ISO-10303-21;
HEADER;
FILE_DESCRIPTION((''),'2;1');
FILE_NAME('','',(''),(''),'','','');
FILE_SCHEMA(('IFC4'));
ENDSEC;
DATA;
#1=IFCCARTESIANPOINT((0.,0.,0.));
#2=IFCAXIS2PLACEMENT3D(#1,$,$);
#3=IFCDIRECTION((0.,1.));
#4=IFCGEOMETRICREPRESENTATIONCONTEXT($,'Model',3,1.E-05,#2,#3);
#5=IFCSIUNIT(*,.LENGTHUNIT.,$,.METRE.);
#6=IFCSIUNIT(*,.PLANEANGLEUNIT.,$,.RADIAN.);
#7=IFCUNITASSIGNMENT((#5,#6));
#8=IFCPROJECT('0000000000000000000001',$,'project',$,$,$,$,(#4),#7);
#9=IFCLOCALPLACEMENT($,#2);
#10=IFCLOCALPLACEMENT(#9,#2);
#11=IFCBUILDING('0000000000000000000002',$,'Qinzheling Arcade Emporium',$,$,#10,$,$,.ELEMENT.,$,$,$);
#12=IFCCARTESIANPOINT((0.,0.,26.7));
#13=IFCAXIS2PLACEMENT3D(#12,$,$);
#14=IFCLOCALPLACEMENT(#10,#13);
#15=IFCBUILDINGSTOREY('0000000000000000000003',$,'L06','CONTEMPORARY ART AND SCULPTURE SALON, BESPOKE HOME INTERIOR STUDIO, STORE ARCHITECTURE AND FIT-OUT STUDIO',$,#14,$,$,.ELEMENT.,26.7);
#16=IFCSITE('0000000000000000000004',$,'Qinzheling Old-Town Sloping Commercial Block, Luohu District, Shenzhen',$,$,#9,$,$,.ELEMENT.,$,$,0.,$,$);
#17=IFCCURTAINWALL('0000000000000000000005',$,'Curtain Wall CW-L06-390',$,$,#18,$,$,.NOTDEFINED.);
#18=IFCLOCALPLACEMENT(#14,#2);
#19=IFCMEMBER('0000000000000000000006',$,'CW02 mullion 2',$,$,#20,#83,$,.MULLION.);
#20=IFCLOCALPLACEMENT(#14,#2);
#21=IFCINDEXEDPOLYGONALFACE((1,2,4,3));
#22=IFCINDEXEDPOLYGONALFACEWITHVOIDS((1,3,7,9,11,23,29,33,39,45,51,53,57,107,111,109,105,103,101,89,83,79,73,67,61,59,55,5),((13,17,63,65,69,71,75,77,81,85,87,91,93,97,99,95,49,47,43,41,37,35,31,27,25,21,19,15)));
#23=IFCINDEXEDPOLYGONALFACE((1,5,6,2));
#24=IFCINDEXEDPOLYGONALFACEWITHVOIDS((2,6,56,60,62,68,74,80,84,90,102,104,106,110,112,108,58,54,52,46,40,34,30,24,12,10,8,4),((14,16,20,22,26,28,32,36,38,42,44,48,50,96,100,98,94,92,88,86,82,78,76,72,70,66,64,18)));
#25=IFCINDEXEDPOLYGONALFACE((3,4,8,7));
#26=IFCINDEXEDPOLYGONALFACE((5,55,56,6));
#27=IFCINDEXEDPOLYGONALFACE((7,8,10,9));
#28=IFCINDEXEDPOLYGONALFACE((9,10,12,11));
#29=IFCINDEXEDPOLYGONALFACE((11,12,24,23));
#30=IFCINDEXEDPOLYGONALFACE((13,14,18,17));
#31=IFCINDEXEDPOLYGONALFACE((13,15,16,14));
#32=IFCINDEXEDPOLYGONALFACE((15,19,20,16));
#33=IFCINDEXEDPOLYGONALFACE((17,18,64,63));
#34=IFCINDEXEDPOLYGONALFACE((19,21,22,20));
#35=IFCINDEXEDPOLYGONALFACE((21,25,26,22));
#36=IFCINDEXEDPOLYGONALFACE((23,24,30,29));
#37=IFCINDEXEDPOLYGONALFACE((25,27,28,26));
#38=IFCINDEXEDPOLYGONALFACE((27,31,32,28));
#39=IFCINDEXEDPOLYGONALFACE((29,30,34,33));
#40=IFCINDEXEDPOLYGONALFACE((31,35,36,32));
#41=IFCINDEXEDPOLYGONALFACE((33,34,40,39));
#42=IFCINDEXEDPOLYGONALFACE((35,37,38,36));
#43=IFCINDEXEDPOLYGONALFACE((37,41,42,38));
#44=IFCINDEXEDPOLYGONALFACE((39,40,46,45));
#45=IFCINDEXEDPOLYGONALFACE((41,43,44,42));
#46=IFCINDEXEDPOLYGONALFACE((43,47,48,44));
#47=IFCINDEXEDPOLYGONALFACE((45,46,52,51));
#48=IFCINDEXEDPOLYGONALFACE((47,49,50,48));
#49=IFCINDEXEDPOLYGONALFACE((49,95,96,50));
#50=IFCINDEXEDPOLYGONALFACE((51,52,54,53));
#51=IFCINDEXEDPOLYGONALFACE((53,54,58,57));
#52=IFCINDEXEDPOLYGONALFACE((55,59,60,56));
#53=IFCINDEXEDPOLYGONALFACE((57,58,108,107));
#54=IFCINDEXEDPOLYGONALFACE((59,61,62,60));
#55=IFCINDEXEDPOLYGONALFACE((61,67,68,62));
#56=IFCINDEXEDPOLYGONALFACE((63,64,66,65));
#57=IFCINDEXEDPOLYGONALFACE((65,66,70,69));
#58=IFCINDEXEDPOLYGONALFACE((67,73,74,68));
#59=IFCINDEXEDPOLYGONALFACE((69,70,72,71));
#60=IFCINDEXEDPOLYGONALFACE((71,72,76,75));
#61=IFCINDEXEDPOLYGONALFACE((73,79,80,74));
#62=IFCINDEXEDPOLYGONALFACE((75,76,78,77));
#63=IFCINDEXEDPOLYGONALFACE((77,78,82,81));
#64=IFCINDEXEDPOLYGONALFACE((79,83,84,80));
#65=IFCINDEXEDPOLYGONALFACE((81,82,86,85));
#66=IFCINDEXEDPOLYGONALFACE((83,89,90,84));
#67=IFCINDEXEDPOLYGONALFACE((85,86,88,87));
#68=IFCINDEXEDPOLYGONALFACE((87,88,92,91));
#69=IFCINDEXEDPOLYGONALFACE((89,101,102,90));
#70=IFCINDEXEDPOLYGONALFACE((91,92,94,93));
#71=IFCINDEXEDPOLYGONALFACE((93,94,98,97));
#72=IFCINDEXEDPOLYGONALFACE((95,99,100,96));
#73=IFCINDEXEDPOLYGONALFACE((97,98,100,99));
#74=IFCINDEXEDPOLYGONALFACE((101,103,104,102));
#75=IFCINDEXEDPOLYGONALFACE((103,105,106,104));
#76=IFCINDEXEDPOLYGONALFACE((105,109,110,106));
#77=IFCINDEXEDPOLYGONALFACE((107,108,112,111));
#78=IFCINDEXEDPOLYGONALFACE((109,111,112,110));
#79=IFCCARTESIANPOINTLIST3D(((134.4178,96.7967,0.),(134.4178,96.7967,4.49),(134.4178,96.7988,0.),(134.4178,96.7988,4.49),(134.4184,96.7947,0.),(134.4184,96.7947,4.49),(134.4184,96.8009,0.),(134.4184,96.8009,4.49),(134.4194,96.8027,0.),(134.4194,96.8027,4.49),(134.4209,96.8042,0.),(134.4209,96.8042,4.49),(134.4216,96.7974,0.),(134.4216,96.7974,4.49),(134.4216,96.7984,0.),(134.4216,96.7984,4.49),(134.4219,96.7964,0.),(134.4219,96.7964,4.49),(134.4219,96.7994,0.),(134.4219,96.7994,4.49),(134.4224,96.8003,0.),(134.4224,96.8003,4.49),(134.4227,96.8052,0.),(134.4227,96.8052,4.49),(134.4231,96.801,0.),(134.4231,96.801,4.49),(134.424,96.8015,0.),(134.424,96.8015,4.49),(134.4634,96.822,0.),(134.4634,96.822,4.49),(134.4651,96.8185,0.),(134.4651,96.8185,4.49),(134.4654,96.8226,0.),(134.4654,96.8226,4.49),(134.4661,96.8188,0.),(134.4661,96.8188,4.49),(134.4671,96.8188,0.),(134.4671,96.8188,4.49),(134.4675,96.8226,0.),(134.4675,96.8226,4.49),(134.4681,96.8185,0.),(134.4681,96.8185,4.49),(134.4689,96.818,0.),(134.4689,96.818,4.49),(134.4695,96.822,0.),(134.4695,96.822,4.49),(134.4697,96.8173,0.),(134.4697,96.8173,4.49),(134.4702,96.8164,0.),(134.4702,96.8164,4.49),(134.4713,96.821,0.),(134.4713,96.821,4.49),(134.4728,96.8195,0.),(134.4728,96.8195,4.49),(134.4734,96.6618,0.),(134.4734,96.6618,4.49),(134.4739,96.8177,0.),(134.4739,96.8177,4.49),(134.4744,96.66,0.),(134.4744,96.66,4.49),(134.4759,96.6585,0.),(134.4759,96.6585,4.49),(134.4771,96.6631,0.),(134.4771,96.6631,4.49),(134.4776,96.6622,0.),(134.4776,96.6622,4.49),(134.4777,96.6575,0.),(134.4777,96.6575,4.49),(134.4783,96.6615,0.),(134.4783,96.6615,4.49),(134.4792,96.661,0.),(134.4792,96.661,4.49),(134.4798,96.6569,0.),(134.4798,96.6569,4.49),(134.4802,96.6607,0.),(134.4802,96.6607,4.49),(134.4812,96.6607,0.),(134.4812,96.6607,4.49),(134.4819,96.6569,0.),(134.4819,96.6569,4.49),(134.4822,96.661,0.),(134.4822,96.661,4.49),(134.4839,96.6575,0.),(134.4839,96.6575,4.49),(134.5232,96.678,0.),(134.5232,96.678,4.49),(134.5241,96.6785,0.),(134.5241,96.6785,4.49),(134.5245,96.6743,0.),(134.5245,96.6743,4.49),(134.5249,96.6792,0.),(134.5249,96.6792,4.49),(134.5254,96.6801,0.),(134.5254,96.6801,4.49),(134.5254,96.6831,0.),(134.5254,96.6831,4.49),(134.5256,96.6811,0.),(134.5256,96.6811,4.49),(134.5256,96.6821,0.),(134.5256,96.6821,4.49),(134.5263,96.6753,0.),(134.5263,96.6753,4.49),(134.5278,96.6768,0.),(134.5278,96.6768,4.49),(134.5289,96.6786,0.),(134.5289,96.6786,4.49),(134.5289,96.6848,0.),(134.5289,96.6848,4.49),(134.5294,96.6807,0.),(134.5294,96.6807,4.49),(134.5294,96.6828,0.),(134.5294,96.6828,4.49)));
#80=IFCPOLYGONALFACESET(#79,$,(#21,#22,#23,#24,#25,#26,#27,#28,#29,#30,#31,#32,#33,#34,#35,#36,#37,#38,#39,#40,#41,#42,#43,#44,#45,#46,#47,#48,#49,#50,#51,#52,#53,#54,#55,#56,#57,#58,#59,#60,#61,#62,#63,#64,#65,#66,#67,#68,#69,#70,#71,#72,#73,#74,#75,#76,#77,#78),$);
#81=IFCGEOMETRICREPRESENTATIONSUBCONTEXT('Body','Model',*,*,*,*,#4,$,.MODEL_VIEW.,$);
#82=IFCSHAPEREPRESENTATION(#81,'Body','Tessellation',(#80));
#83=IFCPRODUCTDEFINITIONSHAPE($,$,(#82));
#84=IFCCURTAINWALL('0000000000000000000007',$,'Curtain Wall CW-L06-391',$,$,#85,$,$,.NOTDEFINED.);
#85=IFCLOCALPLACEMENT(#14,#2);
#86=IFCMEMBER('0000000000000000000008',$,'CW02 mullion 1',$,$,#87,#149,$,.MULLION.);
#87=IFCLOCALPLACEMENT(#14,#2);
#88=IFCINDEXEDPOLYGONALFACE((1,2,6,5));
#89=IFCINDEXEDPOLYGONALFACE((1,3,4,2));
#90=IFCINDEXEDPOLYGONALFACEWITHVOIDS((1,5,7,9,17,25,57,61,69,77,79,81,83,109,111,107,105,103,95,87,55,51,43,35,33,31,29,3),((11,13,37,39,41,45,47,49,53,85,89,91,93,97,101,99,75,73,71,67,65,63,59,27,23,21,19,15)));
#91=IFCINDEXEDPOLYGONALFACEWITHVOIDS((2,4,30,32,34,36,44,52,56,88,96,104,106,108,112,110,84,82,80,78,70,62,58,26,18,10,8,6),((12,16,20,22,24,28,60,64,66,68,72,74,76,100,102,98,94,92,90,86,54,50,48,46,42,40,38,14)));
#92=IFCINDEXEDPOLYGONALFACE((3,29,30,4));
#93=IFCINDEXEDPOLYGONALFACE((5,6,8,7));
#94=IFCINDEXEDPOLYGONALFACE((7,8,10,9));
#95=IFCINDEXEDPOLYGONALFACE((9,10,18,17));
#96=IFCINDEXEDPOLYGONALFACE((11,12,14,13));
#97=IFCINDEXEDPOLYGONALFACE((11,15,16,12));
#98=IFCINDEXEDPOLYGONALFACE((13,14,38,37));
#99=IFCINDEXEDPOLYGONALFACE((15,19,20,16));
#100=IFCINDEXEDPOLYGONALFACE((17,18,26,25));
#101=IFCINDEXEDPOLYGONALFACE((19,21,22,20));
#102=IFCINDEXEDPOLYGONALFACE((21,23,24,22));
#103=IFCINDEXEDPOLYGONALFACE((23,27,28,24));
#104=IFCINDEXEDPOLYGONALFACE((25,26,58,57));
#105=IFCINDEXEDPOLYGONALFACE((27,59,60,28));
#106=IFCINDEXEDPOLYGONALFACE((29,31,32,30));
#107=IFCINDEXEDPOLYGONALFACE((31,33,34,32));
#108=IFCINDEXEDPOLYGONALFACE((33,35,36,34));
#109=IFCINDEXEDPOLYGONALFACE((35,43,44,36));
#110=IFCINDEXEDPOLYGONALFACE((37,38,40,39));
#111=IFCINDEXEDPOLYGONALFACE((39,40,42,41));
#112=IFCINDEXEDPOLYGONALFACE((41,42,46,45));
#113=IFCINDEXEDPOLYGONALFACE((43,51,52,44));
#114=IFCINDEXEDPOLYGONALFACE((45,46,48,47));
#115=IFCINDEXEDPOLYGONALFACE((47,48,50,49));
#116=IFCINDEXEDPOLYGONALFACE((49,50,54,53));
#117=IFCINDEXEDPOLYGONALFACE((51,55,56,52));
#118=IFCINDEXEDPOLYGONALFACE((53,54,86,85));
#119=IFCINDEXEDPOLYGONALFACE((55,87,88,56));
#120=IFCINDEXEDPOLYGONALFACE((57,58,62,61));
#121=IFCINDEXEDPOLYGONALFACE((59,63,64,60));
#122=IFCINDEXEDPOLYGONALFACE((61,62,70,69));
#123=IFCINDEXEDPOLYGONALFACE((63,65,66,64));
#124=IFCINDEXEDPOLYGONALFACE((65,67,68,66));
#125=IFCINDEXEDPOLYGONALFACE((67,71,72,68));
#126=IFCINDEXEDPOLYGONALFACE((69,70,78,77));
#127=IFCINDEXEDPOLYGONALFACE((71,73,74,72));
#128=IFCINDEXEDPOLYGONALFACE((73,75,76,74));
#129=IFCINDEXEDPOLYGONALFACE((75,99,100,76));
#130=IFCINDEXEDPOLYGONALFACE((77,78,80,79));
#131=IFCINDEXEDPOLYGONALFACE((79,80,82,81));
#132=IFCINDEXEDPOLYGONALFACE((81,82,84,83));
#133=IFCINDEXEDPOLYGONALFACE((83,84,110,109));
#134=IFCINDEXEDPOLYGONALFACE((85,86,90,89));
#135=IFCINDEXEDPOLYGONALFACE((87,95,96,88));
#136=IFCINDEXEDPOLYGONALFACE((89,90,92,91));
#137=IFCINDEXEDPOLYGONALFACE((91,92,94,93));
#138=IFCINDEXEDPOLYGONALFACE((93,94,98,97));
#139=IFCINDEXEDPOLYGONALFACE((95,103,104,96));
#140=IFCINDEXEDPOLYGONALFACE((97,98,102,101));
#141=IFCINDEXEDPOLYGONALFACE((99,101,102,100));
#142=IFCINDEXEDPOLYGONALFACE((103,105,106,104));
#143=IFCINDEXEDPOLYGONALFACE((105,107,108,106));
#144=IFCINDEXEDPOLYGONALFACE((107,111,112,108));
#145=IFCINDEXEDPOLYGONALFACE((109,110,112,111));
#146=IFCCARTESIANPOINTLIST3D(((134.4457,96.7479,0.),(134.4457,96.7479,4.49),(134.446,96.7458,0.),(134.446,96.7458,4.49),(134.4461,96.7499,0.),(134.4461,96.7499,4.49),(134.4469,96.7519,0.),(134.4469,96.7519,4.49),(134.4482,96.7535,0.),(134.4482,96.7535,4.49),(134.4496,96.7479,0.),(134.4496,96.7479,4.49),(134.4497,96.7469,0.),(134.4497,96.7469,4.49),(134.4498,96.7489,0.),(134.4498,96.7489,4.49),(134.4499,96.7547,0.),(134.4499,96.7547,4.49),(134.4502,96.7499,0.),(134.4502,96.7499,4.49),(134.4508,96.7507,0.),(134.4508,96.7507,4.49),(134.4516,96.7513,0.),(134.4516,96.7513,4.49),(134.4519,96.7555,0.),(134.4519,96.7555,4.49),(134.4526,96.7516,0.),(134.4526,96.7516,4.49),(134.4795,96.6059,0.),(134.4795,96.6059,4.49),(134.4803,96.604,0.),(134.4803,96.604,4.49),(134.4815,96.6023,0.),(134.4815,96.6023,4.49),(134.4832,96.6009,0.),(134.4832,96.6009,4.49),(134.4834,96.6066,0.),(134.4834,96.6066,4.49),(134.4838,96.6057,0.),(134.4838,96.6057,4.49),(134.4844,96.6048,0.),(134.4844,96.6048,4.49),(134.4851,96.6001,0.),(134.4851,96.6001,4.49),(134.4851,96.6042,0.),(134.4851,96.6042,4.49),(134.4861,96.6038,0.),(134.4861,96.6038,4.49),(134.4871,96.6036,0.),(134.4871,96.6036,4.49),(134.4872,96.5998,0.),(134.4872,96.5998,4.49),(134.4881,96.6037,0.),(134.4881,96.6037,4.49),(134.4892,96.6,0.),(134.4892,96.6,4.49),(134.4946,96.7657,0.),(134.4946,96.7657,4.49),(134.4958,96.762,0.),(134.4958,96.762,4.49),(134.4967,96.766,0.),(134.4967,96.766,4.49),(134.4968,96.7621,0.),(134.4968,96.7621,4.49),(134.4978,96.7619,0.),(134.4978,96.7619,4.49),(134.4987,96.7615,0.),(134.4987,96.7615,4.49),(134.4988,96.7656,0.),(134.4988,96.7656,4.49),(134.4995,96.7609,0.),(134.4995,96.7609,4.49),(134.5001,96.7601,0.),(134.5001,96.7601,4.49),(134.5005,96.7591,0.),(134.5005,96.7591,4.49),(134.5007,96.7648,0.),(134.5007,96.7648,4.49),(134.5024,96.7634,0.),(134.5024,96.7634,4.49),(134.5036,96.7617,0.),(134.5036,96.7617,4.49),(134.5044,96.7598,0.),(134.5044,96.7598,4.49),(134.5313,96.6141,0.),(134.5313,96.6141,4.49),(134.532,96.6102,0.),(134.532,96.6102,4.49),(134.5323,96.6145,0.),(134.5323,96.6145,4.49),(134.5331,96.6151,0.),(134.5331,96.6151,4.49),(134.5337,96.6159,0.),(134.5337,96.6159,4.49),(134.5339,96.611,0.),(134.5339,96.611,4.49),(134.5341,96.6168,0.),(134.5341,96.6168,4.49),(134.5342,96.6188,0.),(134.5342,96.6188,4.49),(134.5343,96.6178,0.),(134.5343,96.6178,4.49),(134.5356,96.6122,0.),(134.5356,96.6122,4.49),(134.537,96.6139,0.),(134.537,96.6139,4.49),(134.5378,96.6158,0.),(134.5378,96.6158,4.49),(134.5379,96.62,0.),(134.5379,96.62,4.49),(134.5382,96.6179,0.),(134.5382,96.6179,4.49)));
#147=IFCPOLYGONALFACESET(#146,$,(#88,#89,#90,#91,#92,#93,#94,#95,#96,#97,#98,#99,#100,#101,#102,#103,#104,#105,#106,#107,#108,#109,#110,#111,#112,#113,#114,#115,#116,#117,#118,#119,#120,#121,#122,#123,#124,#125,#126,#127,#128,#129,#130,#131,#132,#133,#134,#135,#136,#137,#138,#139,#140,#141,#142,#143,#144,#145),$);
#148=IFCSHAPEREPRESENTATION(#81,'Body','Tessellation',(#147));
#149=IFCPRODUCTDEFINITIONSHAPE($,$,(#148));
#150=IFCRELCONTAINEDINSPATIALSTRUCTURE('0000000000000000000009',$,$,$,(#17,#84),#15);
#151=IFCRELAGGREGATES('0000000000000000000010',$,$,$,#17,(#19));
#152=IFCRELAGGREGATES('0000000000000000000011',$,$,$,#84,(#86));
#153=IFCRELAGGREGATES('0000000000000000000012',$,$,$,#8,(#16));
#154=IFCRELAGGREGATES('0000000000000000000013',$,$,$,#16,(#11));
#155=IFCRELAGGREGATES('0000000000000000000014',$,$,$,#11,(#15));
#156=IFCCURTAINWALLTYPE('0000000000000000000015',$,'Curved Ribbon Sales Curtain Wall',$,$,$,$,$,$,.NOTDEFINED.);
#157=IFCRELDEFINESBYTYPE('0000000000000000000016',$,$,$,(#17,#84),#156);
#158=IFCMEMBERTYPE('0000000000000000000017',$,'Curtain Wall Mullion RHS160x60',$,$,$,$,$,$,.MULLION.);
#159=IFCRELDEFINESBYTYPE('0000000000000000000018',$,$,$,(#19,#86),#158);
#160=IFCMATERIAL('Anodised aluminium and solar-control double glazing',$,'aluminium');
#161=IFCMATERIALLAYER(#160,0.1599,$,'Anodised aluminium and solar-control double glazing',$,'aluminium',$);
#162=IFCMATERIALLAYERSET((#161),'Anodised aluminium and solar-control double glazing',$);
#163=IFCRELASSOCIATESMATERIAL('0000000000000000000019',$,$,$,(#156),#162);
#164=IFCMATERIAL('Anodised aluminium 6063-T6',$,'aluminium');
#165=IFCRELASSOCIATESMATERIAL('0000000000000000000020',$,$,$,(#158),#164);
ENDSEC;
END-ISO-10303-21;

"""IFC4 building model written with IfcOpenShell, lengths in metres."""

from ifc_helpers import new_model, si_unit, direction, frame, origin, origin_2d, place, context, subcontext, project, spatial, hollow_rectangle, extrude, material, layer, layer_set, material_profile, profile_set, type_object, element, aggregate, save


model = new_model("IFC4")

# Units and contexts
model_context = context("Model", 3, precision=1e-05, world=origin(), true_north=direction((0.0, 1.0)))
body_context = subcontext(model_context, "Body", "Model", "MODEL_VIEW")
ifc_project = project(units=[si_unit("LENGTHUNIT", "METRE"), si_unit("PLANEANGLEUNIT", "RADIAN")], contexts=[model_context])

# Site, building, storey
site_placement = place(None, origin())
site = spatial("IfcSite", under=ifc_project, at=site_placement, Name="Qinzheling Old-Town Sloping Commercial Block, Luohu District, Shenzhen", CompositionType="ELEMENT", RefElevation=0.0)
building_placement = place(site_placement, origin())
building = spatial("IfcBuilding", under=site, at=building_placement, Name="Qinzheling Arcade Emporium", CompositionType="ELEMENT")
storey_placement = place(building_placement, frame((0.0, 0.0, 26.7)))
storey = spatial("IfcBuildingStorey", under=building, at=storey_placement, Name="L06", Description="CONTEMPORARY ART AND SCULPTURE SALON, BESPOKE HOME INTERIOR STUDIO, STORE ARCHITECTURE AND FIT-OUT STUDIO", CompositionType="ELEMENT", Elevation=26.7)

# Curtain wall, member
ifc_material_1 = material(Name="Anodised aluminium and solar-control double glazing", Category="aluminium")
ifc_layer_1 = layer(ifc_material_1, 0.1599, Name="Anodised aluminium and solar-control double glazing", Category="aluminium")
ifc_layer_set_1 = layer_set([ifc_layer_1], Name="Anodised aluminium and solar-control double glazing")
curtain_wall_type_1 = type_object("IfcCurtainWallType", Name="Curved Ribbon Sales Curtain Wall", PredefinedType="NOTDEFINED", material=ifc_layer_set_1)
curtain_wall_1_placement = place(storey_placement, origin())
curtain_wall_1 = element("IfcCurtainWall", 1, at=curtain_wall_1_placement, inside=storey, type_object=curtain_wall_type_1, Name="Curtain Wall CW-L06-390", PredefinedType="NOTDEFINED")
ifc_material_2 = material(Name="Anodised aluminium 6063-T6", Category="aluminium")
ifc_material_profile_1 = material_profile(ifc_material_2, hollow_rectangle(XDim=0.0601, YDim=0.1599, WallThickness=0.0039, InnerFilletRadius=0.0039, OuterFilletRadius=0.0081, at=origin_2d()), Name="RHS 160x60x4", Category="aluminium")
ifc_profile_set_1 = profile_set([ifc_material_profile_1], Name="Anodised aluminium 6063-T6")
member_type_1 = type_object("IfcMemberType", Name="Curtain Wall Mullion RHS160x60", PredefinedType="MULLION", material=ifc_profile_set_1)
member_1_placement = place(storey_placement, frame((134.4736, 96.7397, 0.0), z_axis=(0.0, 0.0, 1.0), x_axis=(0.923953, 0.382506, 0.0)))
member_1 = element("IfcMember", 2, at=member_1_placement, type_object=member_type_1, Name="CW02 mullion 2", PredefinedType="MULLION", context=body_context, shape_type="SweptSolid", body=[
    extrude(hollow_rectangle(XDim=0.0601, YDim=0.1599, WallThickness=0.0039, InnerFilletRadius=0.0039, OuterFilletRadius=0.0081, at=origin_2d()), origin(), (0.0, 0.0, 1.0), 4.49),
])

# Curtain wall, member
curtain_wall_2_placement = place(storey_placement, origin())
curtain_wall_2 = element("IfcCurtainWall", 3, at=curtain_wall_2_placement, inside=storey, type_object=curtain_wall_type_1, Name="Curtain Wall CW-L06-391", PredefinedType="NOTDEFINED")
member_2_placement = place(storey_placement, frame((134.4919, 96.6829, 0.0), z_axis=(0.0, 0.0, 1.0), x_axis=(0.97236, 0.233488, 0.0)))
member_2 = element("IfcMember", 4, at=member_2_placement, type_object=member_type_1, Name="CW02 mullion 1", PredefinedType="MULLION", context=body_context, shape_type="SweptSolid", body=[
    extrude(hollow_rectangle(XDim=0.0601, YDim=0.1599, WallThickness=0.0039, InnerFilletRadius=0.0039, OuterFilletRadius=0.0081, at=origin_2d()), origin(), (0.0, 0.0, 1.0), 4.49),
])

aggregate(curtain_wall_1, [member_1])
aggregate(curtain_wall_2, [member_2])

save(model, "model.ifc")
